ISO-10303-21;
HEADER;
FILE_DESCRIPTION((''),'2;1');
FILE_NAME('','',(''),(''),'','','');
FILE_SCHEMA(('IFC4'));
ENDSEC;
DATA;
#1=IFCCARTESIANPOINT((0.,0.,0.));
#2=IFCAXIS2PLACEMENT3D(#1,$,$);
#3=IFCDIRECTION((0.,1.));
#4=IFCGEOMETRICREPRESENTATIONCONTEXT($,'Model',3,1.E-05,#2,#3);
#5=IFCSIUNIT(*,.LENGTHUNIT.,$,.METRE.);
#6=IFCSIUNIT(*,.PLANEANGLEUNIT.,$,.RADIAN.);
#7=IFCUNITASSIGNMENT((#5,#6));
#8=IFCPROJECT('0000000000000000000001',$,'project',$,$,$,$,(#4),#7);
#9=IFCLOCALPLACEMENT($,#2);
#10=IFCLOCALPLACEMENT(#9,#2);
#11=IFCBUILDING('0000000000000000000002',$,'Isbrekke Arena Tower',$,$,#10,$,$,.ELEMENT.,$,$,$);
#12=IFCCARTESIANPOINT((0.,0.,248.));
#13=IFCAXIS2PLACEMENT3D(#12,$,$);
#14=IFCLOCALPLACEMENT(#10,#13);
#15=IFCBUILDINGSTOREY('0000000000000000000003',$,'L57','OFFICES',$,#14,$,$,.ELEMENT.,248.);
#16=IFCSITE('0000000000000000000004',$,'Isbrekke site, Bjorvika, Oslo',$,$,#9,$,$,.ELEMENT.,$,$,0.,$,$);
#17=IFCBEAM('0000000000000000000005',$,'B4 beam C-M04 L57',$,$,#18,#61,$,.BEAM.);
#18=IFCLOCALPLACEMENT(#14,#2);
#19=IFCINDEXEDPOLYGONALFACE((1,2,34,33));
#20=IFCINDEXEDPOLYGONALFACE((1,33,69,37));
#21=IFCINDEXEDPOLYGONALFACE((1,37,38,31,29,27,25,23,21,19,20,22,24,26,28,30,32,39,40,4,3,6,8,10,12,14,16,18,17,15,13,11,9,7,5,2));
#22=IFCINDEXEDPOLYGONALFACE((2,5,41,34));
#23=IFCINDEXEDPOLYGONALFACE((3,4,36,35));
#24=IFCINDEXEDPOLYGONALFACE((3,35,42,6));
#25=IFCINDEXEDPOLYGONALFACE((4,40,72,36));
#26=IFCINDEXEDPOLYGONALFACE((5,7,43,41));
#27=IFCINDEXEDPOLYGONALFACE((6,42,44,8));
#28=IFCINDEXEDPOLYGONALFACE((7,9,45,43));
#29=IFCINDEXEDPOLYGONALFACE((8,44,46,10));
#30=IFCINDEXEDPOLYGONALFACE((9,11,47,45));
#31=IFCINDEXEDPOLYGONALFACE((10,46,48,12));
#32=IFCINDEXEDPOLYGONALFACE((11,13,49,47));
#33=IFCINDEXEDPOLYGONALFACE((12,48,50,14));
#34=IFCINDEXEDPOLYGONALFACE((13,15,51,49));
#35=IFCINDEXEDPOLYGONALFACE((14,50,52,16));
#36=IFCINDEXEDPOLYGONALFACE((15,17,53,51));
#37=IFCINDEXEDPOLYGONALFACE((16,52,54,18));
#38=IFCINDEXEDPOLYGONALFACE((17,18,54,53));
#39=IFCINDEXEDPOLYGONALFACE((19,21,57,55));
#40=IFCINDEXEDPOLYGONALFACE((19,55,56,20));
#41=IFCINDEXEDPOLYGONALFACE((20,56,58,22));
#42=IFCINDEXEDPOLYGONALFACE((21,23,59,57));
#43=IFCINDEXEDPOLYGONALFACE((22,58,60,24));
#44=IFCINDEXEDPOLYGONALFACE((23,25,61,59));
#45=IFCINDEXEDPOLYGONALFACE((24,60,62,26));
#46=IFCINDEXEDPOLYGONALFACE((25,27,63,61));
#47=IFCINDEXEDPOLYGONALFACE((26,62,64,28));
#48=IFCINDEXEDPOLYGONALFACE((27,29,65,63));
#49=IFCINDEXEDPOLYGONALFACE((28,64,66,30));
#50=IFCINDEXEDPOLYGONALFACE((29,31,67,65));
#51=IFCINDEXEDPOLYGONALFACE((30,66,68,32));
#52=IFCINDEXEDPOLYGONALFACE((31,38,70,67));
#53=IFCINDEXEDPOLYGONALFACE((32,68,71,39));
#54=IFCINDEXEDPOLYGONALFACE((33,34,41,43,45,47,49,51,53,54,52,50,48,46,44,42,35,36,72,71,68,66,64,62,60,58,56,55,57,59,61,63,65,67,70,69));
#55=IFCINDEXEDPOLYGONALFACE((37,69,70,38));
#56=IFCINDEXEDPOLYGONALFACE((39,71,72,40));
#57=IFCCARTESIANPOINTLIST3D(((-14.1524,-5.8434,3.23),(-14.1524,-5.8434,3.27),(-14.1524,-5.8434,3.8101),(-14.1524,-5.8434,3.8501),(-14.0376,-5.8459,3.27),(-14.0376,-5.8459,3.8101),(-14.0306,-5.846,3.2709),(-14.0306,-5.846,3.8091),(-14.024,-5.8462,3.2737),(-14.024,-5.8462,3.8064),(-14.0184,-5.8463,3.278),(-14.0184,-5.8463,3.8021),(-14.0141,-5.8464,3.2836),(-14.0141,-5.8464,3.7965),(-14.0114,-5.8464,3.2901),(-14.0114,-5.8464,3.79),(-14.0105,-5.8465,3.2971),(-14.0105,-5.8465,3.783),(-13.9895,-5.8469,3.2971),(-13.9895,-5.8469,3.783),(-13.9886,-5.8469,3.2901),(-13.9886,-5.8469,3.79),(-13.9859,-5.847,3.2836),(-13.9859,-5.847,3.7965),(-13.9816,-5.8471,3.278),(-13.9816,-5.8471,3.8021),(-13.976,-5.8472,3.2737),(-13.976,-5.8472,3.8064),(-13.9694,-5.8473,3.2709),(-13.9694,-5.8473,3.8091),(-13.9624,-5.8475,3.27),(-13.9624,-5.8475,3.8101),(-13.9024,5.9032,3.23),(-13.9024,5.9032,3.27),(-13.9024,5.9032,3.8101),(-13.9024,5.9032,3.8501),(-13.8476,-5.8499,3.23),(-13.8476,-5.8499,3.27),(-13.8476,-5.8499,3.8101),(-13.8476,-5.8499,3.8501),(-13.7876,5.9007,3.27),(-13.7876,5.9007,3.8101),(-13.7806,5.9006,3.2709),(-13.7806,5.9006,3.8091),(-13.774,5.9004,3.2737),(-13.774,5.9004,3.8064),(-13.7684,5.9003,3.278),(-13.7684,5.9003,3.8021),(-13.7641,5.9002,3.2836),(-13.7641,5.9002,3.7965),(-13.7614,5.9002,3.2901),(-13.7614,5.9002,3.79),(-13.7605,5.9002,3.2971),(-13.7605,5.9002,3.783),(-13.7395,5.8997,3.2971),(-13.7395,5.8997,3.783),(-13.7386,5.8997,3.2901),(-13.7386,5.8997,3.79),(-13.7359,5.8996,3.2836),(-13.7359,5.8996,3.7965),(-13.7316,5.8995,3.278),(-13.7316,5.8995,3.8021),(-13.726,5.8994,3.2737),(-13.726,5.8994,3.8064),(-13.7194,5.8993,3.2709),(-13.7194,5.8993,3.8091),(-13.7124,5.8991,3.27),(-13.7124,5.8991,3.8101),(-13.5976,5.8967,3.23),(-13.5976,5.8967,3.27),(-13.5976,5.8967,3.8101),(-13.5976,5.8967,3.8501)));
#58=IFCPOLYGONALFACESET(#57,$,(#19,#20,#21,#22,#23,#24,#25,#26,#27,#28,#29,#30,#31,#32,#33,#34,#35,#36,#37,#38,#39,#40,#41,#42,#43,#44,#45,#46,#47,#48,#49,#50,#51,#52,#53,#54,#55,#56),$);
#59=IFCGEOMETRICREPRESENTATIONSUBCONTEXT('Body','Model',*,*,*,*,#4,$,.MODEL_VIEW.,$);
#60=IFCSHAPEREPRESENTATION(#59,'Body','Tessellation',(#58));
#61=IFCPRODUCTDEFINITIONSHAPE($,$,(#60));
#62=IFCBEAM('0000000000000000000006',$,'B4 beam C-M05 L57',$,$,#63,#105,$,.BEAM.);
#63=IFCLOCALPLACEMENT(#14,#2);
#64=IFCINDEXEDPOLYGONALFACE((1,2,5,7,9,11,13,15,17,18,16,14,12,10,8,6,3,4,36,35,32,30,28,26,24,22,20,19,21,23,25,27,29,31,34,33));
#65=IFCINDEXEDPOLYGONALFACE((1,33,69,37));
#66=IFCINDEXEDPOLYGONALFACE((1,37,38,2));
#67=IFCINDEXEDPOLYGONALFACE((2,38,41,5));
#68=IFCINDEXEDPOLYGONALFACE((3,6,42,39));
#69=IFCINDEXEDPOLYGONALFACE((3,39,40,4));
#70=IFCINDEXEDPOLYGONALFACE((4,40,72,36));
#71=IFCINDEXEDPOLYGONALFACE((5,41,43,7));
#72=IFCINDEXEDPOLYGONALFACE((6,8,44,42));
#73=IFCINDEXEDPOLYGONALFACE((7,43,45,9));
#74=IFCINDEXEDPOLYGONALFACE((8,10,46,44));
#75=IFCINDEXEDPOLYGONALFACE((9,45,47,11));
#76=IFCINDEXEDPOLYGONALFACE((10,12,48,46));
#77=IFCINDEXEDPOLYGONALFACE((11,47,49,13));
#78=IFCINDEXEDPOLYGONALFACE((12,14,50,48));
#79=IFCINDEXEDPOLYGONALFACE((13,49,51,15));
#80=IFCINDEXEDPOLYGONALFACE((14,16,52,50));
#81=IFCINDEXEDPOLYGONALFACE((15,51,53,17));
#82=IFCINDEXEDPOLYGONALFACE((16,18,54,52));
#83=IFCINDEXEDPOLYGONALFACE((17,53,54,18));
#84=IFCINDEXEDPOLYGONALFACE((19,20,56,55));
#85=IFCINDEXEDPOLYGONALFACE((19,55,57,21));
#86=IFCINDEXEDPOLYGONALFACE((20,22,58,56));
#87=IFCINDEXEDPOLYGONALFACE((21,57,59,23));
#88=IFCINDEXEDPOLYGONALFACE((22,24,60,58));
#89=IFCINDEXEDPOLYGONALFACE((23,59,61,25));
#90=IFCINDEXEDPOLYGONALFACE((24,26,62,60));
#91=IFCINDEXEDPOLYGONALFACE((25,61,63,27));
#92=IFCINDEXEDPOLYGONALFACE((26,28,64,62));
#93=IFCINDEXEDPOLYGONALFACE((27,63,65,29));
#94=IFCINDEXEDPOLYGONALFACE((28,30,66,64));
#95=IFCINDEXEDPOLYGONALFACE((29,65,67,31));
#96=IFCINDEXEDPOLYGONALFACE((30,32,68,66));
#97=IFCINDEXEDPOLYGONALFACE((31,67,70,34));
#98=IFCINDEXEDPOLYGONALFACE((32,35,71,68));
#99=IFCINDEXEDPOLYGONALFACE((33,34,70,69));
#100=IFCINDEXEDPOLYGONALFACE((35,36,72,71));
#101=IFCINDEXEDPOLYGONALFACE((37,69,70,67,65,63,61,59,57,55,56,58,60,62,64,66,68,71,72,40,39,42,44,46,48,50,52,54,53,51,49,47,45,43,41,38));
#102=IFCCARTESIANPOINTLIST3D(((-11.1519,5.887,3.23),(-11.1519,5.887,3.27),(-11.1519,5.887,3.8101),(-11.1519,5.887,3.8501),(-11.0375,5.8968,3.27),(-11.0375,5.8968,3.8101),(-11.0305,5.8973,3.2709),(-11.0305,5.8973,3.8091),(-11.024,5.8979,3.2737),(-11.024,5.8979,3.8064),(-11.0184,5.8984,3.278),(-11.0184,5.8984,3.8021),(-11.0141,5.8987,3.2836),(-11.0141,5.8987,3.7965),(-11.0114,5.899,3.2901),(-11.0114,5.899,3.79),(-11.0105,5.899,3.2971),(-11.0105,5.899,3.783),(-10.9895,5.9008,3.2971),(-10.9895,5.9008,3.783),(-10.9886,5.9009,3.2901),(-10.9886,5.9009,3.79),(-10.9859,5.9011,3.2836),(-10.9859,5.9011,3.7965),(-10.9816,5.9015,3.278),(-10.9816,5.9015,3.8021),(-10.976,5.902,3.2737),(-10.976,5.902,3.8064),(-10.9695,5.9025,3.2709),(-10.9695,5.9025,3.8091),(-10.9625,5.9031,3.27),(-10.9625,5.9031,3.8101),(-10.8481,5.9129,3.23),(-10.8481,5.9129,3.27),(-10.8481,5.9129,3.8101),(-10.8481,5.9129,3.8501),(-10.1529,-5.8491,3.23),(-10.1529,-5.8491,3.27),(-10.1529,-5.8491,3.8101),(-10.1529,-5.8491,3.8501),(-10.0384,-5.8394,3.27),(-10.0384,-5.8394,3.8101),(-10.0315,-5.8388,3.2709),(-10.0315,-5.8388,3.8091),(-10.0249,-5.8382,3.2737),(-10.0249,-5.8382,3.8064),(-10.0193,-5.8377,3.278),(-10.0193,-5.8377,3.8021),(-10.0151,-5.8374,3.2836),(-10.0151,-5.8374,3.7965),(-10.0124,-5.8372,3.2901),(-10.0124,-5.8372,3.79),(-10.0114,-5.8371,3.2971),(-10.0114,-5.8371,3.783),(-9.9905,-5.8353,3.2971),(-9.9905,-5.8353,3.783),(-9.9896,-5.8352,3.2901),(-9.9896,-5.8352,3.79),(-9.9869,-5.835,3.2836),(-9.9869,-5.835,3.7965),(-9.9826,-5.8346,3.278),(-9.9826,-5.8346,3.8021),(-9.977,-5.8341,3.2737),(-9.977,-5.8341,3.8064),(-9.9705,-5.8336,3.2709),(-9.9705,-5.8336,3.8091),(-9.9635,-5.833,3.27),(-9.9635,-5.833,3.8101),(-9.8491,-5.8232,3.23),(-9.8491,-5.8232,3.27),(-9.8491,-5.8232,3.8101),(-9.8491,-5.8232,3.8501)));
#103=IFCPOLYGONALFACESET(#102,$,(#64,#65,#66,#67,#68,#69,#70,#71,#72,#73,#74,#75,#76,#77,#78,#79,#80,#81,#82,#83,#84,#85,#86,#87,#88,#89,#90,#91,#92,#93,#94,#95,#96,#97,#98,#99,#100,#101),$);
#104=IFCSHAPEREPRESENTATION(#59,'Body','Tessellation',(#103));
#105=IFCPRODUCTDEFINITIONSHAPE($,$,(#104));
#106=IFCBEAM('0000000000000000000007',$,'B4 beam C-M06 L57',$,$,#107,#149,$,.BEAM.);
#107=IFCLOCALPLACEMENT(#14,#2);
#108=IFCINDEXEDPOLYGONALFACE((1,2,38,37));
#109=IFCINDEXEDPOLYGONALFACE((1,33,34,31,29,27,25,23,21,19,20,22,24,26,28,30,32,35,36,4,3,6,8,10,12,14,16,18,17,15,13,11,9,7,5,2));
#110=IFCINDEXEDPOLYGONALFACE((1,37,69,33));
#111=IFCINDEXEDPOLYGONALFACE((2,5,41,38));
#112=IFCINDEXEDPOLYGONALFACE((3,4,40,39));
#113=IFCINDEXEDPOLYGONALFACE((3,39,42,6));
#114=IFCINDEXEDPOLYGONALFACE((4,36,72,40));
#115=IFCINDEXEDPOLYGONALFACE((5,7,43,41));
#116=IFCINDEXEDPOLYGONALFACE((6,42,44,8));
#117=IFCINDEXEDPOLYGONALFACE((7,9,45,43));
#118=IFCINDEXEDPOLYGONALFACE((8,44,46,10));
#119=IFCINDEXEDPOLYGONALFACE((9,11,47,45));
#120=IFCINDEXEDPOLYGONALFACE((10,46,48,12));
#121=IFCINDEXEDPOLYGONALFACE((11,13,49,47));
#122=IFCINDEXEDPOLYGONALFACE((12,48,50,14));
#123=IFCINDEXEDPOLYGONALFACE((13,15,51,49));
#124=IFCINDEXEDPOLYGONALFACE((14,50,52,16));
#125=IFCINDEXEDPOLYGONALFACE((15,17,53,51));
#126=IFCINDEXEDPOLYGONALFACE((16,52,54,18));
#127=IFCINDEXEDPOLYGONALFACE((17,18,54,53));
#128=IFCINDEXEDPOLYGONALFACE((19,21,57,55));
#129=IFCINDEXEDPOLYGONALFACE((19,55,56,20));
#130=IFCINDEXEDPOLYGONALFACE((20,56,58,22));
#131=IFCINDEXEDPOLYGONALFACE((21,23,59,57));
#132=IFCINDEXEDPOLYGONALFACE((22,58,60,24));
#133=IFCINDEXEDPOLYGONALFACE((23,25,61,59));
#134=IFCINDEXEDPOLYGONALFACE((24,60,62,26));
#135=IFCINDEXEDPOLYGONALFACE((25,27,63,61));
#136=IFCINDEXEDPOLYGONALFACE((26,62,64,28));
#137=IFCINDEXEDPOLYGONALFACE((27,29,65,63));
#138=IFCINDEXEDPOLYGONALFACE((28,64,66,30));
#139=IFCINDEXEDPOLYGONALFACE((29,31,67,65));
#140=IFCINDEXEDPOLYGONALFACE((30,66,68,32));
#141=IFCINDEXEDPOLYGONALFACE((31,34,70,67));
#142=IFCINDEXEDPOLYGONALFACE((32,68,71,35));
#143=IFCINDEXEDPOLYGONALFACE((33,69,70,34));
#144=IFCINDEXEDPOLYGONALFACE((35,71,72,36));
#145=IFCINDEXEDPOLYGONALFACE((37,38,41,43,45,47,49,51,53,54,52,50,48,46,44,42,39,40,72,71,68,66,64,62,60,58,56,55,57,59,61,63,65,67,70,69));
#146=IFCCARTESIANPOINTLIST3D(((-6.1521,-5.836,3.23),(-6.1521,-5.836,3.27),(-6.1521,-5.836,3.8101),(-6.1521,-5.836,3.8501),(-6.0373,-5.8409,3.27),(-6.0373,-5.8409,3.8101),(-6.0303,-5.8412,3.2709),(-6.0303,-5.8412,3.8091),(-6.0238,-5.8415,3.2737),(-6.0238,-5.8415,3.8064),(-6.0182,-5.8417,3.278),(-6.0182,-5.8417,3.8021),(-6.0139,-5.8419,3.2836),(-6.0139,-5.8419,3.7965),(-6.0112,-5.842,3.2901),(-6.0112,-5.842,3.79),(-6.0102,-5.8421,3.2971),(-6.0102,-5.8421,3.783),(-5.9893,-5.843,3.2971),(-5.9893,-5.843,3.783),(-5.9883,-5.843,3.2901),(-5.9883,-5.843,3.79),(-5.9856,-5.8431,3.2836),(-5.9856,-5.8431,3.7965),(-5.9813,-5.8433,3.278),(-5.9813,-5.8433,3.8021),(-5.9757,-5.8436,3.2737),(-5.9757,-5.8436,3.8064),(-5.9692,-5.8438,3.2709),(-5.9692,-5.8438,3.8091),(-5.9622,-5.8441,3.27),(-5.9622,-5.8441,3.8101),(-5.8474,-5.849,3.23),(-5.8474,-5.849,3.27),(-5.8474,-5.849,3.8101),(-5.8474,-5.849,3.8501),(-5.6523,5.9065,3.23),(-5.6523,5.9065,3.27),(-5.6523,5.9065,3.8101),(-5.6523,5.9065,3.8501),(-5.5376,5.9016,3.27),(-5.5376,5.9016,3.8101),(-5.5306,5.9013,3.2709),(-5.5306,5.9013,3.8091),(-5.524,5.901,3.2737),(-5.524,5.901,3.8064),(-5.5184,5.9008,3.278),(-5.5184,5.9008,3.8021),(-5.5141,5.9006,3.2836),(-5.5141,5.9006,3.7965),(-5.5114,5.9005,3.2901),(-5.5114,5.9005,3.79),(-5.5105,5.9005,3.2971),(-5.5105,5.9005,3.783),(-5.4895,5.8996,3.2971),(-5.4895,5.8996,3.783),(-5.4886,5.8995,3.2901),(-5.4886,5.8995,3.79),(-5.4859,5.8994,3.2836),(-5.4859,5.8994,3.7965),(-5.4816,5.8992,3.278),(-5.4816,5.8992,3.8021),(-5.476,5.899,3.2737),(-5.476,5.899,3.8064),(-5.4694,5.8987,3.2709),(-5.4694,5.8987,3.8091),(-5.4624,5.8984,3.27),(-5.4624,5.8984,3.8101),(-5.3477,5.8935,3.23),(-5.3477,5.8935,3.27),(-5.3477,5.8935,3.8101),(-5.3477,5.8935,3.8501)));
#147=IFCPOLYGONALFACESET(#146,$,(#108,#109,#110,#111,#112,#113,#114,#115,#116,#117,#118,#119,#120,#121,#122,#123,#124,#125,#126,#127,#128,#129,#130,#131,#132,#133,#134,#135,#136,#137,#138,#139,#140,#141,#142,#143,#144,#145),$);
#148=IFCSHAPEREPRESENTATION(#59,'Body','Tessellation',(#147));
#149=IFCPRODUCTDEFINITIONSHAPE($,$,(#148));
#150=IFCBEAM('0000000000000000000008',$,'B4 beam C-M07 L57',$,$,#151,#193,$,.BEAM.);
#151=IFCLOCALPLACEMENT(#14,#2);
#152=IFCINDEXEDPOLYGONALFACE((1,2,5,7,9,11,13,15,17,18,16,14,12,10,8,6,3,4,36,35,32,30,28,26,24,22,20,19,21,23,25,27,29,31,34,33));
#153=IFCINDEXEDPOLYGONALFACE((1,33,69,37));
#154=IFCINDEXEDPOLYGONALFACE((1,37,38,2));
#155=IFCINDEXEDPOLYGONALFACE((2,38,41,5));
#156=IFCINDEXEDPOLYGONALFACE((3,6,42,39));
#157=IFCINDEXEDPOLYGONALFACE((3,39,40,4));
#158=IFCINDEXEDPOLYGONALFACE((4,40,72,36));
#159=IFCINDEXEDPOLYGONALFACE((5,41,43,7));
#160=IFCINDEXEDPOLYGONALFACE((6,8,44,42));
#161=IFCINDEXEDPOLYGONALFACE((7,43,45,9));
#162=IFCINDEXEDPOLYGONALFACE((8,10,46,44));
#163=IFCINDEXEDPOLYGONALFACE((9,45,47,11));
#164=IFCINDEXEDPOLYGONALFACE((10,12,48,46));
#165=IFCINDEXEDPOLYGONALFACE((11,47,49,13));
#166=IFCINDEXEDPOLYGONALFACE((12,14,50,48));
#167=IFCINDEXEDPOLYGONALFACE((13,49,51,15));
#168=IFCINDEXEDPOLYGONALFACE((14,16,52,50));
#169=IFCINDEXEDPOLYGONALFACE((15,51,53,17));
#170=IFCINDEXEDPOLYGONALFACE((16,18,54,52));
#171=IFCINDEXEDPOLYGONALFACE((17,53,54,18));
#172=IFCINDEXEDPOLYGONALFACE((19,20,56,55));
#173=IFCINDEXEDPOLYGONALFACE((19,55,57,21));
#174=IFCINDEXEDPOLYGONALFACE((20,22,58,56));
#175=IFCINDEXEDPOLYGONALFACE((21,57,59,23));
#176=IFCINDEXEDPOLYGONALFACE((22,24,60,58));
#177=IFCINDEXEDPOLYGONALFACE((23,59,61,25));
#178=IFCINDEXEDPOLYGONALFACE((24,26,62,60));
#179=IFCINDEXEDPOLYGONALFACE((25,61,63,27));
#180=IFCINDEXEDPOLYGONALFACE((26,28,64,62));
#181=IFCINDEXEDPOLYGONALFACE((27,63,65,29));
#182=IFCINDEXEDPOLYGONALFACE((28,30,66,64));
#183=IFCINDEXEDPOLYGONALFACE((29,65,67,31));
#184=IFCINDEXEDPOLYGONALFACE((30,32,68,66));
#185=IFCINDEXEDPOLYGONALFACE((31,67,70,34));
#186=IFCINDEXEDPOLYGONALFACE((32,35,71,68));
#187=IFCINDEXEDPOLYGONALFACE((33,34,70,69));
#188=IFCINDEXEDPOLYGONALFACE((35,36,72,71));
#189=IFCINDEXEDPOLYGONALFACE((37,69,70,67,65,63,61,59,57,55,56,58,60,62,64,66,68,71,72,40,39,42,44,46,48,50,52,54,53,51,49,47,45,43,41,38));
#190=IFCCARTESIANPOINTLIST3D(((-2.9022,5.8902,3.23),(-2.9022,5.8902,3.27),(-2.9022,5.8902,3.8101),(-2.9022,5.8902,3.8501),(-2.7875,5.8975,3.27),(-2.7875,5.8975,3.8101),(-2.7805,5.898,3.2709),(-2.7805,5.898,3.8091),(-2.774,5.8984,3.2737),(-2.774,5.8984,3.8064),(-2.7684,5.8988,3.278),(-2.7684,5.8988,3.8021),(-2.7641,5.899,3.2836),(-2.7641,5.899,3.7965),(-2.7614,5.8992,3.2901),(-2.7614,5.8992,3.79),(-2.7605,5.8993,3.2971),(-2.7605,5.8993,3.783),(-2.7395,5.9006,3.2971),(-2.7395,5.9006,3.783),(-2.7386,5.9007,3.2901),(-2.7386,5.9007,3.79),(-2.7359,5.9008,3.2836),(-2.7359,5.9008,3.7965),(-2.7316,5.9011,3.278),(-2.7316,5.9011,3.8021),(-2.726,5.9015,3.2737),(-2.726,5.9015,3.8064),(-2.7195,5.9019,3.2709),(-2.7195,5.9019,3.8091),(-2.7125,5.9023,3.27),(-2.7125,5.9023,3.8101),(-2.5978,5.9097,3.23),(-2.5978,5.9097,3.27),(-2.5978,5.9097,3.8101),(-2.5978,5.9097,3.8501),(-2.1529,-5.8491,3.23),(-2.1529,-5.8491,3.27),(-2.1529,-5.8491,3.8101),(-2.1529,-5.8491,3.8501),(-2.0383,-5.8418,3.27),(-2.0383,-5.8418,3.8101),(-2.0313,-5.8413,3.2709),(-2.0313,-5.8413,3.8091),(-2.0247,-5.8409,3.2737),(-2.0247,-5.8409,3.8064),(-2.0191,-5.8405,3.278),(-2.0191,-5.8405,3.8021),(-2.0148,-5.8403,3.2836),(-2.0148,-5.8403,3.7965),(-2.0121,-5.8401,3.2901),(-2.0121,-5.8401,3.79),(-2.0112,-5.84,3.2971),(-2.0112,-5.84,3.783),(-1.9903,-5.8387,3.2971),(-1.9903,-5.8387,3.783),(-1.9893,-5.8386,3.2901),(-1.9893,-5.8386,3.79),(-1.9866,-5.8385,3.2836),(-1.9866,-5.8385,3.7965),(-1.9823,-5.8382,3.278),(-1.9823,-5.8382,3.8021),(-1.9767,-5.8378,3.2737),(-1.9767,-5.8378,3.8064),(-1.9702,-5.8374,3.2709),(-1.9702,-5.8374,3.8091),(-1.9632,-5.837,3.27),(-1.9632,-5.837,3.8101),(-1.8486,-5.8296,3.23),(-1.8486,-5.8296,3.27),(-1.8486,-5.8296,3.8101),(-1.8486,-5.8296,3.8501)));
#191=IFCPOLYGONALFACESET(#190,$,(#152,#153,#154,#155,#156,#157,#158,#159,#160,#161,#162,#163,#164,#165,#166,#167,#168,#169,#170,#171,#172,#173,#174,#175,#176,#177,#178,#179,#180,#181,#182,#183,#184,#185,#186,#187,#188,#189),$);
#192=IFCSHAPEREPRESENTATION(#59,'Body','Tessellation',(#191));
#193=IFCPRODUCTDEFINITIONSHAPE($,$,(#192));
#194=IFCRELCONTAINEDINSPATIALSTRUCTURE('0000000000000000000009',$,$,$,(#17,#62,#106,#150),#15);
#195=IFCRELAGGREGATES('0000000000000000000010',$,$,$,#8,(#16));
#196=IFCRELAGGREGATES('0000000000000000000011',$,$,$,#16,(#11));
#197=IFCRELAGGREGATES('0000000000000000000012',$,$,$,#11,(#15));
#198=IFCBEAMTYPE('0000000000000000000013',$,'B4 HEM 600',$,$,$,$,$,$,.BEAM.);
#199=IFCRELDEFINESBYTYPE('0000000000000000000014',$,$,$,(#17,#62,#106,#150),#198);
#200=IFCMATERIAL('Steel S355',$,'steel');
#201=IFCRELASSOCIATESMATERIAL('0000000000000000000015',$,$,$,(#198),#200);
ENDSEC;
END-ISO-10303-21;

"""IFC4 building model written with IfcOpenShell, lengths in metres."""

from ifc_helpers import new_model, si_unit, direction, frame, origin, origin_2d, place, context, subcontext, project, spatial, i_section, extrude, material, material_profile, profile_set, type_object, element, save


model = new_model("IFC4")

# Units and contexts
model_context = context("Model", 3, precision=1e-05, world=origin(), true_north=direction((0.0, 1.0)))
body_context = subcontext(model_context, "Body", "Model", "MODEL_VIEW")
ifc_project = project(units=[si_unit("LENGTHUNIT", "METRE"), si_unit("PLANEANGLEUNIT", "RADIAN")], contexts=[model_context])

# Site, building, storey
site_placement = place(None, origin())
site = spatial("IfcSite", under=ifc_project, at=site_placement, Name="Isbrekke site, Bjorvika, Oslo", CompositionType="ELEMENT", RefElevation=0.0)
building_placement = place(site_placement, origin())
building = spatial("IfcBuilding", under=site, at=building_placement, Name="Isbrekke Arena Tower", CompositionType="ELEMENT")
storey_placement = place(building_placement, frame((0.0, 0.0, 248.0)))
storey = spatial("IfcBuildingStorey", under=building, at=storey_placement, Name="L57", Description="OFFICES", CompositionType="ELEMENT", Elevation=248.0)

# Beams
ifc_material_1 = material(Name="Steel S355", Category="steel")
ifc_material_profile_1 = material_profile(ifc_material_1, i_section(OverallWidth=0.3049, OverallDepth=0.6201, WebThickness=0.021, FlangeThickness=0.04, FilletRadius=0.0271, at=origin_2d()), Name="HEM 600")
ifc_profile_set_1 = profile_set([ifc_material_profile_1], Name="Steel S355")
beam_type_1 = type_object("IfcBeamType", Name="B4 HEM 600", PredefinedType="BEAM", material=ifc_profile_set_1)
beam_1_placement = place(storey_placement, frame((-14.0, -5.8467, 3.54), z_axis=(0.021278, 0.999774, 0.0), x_axis=(-0.999774, 0.021278, 0.0)))
element("IfcBeam", 1, at=beam_1_placement, inside=storey, type_object=beam_type_1, Name="B4 beam C-M04 L57", PredefinedType="BEAM", context=body_context, shape_type="SweptSolid", body=[
    extrude(i_section(OverallWidth=0.3049, OverallDepth=0.6201, WebThickness=0.021, FlangeThickness=0.04, FilletRadius=0.0271, at=origin_2d()), origin(), (0.0, 0.0, 1.0), 11.7493),
])
beam_2_placement = place(storey_placement, frame((-10.001, -5.8362, 3.54), z_axis=(-0.084817, 0.996397, 0.0), x_axis=(-0.996397, -0.084817, 0.0)))
element("IfcBeam", 2, at=beam_2_placement, inside=storey, type_object=beam_type_1, Name="B4 beam C-M05 L57", PredefinedType="BEAM", context=body_context, shape_type="SweptSolid", body=[
    extrude(i_section(OverallWidth=0.3049, OverallDepth=0.6201, WebThickness=0.021, FlangeThickness=0.04, FilletRadius=0.0271, at=origin_2d()), origin(), (0.0, 0.0, 1.0), 11.7786),
])
beam_3_placement = place(storey_placement, frame((-5.9998, -5.8425, 3.54), z_axis=(0.042521, 0.999096, 0.0), x_axis=(-0.999096, 0.042521, 0.0)))
element("IfcBeam", 3, at=beam_3_placement, inside=storey, type_object=beam_type_1, Name="B4 beam C-M06 L57", PredefinedType="BEAM", context=body_context, shape_type="SweptSolid", body=[
    extrude(i_section(OverallWidth=0.3049, OverallDepth=0.6201, WebThickness=0.021, FlangeThickness=0.04, FilletRadius=0.0271, at=origin_2d()), origin(), (0.0, 0.0, 1.0), 11.7532),
])
beam_4_placement = place(storey_placement, frame((-2.0007, -5.8394, 3.54), z_axis=(-0.063696, 0.997969, 0.0), x_axis=(-0.997969, -0.063696, 0.0)))
element("IfcBeam", 4, at=beam_4_placement, inside=storey, type_object=beam_type_1, Name="B4 beam C-M07 L57", PredefinedType="BEAM", context=body_context, shape_type="SweptSolid", body=[
    extrude(i_section(OverallWidth=0.3049, OverallDepth=0.6201, WebThickness=0.021, FlangeThickness=0.04, FilletRadius=0.0271, at=origin_2d()), origin(), (0.0, 0.0, 1.0), 11.7632),
])

save(model, "model.ifc")
